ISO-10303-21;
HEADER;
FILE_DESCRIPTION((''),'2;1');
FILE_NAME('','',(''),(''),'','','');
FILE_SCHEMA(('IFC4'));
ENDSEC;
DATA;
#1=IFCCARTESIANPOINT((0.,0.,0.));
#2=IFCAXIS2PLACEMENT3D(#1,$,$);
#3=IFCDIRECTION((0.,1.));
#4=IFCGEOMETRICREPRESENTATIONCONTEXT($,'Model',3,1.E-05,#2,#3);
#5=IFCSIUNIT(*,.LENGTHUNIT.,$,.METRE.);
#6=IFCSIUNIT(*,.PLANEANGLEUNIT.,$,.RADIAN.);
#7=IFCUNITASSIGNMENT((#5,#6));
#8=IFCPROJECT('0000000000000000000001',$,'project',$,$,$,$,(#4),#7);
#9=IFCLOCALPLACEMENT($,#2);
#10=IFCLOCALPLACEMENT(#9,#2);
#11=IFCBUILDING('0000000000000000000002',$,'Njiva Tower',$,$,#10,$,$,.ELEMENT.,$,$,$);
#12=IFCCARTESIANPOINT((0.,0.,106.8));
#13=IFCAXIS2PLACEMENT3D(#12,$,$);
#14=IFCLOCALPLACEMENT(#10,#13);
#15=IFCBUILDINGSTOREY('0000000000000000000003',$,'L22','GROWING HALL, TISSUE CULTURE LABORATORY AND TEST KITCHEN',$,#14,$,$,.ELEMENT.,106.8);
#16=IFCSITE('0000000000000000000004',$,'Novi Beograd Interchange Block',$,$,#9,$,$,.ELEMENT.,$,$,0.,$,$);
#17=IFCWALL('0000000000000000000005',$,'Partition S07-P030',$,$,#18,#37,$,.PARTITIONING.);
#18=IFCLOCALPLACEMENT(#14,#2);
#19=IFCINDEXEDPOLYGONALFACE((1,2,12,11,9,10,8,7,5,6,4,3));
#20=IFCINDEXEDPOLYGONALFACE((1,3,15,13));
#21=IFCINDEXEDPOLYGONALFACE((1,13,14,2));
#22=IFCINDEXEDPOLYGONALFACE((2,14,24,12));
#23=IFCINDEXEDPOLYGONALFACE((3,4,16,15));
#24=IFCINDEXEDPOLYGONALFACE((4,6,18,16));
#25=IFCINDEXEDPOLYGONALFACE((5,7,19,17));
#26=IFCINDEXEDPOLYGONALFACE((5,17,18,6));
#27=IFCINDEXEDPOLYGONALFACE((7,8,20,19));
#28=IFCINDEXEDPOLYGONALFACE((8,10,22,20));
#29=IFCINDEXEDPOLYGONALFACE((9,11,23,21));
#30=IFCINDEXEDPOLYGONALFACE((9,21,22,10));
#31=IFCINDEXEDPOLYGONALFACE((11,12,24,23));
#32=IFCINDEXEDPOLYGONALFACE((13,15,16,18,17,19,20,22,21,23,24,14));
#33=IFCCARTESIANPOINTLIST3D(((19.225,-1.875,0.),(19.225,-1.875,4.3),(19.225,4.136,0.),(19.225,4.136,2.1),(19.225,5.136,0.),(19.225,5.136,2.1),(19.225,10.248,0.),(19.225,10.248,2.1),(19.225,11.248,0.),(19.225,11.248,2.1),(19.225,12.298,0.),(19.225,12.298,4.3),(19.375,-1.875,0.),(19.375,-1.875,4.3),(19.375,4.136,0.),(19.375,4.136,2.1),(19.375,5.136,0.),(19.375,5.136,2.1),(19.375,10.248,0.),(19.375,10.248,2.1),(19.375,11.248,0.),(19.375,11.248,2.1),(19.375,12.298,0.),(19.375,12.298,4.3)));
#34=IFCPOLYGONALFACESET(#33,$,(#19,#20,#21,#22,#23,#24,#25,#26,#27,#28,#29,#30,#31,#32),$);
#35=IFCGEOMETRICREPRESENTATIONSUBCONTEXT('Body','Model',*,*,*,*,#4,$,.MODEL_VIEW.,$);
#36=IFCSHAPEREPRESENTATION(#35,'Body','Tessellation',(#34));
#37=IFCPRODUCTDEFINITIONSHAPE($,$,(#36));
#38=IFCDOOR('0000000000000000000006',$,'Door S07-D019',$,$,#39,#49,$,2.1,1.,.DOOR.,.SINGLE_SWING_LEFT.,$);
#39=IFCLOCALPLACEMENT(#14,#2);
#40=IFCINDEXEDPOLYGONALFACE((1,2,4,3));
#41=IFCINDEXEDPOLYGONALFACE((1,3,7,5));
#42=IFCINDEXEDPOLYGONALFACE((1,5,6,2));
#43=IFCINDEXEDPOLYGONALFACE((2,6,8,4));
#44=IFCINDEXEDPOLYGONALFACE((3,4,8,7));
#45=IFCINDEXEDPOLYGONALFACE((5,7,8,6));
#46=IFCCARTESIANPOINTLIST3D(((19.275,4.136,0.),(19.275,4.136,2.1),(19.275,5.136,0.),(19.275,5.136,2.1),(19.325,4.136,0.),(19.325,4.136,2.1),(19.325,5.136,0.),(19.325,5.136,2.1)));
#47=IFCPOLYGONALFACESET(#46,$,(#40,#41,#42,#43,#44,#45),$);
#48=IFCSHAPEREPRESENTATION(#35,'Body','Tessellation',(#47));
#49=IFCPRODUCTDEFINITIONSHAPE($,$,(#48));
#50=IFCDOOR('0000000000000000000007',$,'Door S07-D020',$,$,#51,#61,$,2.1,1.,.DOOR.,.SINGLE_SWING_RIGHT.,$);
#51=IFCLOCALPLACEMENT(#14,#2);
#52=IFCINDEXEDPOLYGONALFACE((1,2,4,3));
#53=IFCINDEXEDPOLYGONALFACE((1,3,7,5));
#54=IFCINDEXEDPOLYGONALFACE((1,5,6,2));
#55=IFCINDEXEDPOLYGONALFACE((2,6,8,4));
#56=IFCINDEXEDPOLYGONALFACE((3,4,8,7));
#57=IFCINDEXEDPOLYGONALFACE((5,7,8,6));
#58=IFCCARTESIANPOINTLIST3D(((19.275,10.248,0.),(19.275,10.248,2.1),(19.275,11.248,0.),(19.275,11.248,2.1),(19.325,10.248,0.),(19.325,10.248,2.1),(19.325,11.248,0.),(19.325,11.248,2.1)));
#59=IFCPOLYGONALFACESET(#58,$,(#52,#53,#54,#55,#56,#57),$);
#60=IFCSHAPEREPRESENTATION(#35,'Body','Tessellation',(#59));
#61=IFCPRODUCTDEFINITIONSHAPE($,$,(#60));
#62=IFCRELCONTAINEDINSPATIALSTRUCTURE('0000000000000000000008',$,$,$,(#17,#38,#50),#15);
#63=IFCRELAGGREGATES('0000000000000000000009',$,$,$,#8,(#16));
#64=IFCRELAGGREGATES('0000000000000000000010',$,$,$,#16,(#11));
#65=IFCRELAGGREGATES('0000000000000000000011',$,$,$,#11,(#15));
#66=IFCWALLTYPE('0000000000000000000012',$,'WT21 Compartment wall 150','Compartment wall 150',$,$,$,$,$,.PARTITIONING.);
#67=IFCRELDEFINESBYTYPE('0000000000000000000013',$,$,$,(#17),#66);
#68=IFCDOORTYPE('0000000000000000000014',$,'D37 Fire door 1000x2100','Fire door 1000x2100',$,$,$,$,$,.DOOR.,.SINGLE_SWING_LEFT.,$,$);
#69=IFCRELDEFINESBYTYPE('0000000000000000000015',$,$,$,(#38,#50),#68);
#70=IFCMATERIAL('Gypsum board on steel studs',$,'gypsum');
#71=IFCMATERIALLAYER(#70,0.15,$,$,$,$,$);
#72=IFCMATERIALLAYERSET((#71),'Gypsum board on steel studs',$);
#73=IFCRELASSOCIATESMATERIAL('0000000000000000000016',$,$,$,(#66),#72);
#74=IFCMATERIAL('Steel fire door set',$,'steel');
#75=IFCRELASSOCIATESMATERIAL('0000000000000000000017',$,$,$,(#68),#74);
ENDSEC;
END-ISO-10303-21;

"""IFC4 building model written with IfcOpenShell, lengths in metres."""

from ifc_helpers import new_model, si_unit, direction, frame, frame_2d, origin, place, context, subcontext, project, spatial, rectangle, extrude, material, layer, layer_set, type_object, element, fill, save


model = new_model("IFC4")

# Units and contexts
model_context = context("Model", 3, precision=1e-05, world=origin(), true_north=direction((0.0, 1.0)))
body_context = subcontext(model_context, "Body", "Model", "MODEL_VIEW")
ifc_project = project(units=[si_unit("LENGTHUNIT", "METRE"), si_unit("PLANEANGLEUNIT", "RADIAN")], contexts=[model_context])

# Site, building, storey
site_placement = place(None, origin())
site = spatial("IfcSite", under=ifc_project, at=site_placement, Name="Novi Beograd Interchange Block", CompositionType="ELEMENT", RefElevation=0.0)
building_placement = place(site_placement, origin())
building = spatial("IfcBuilding", under=site, at=building_placement, Name="Njiva Tower", CompositionType="ELEMENT")
storey_placement = place(building_placement, frame((0.0, 0.0, 106.8)))
storey = spatial("IfcBuildingStorey", under=building, at=storey_placement, Name="L22", Description="GROWING HALL, TISSUE CULTURE LABORATORY AND TEST KITCHEN", CompositionType="ELEMENT", Elevation=106.8)

# Shared definitions
ifc_material_1 = material(Name="Gypsum board on steel studs", Category="gypsum")
ifc_layer_1 = layer(ifc_material_1, 0.15)
ifc_layer_set_1 = layer_set([ifc_layer_1], Name="Gypsum board on steel studs")
wall_type_1 = type_object("IfcWallType", Name="WT21 Compartment wall 150", Description="Compartment wall 150", PredefinedType="PARTITIONING", material=ifc_layer_set_1)

# Shared definitions
ifc_material_2 = material(Name="Steel fire door set", Category="steel")
door_type = type_object("IfcDoorType", Name="D37 Fire door 1000x2100", Description="Fire door 1000x2100", OperationType="SINGLE_SWING_LEFT", PredefinedType="DOOR", material=ifc_material_2)

# Wall, openings, doors
wall_1_placement = place(storey_placement, frame((19.3, -1.875, 0.0), z_axis=(0.0, 0.0, 1.0), x_axis=(0.0, 1.0, 0.0)))
wall_1 = element("IfcWall", 1, at=wall_1_placement, inside=storey, type_object=wall_type_1, Name="Partition S07-P030", PredefinedType="PARTITIONING", context=body_context, shape_type="SweptSolid", body=[
    extrude(rectangle(XDim=14.173, YDim=0.15, at=frame_2d((7.0865, 0.0))), origin(), (0.0, 0.0, 1.0), 4.3),
])
opening_1_placement = place(wall_1_placement, frame((6.011, 0.0, 0.0)))
opening_1 = element("IfcOpeningElement", 2, at=opening_1_placement, cuts=wall_1, PredefinedType="OPENING", context=body_context, shape_type="SweptSolid", body=[
    extrude(rectangle(XDim=1.0, YDim=2.1, at=frame_2d((0.5, 1.05))), frame((0.0, 0.085, 0.0), z_axis=(0.0, -1.0, 0.0), x_axis=(1.0, 0.0, 0.0)), (0.0, 0.0, 1.0), 0.17),
])
opening_2_placement = place(wall_1_placement, frame((12.123, 0.0, 0.0)))
opening_2 = element("IfcOpeningElement", 3, at=opening_2_placement, cuts=wall_1, PredefinedType="OPENING", context=body_context, shape_type="SweptSolid", body=[
    extrude(rectangle(XDim=1.0, YDim=2.1, at=frame_2d((0.5, 1.05))), frame((0.0, 0.085, 0.0), z_axis=(0.0, -1.0, 0.0), x_axis=(1.0, 0.0, 0.0)), (0.0, 0.0, 1.0), 0.17),
])
door_1_placement = place(opening_1_placement, origin())
door_1 = element("IfcDoor", 4, at=door_1_placement, inside=storey, type_object=door_type, Name="Door S07-D019", OperationType="SINGLE_SWING_LEFT", OverallHeight=2.1, OverallWidth=1.0, PredefinedType="DOOR", context=body_context, shape_type="SweptSolid", body=[
    extrude(rectangle(XDim=1.0, YDim=2.1, at=frame_2d((0.5, 1.05))), frame((0.0, 0.025, 0.0), z_axis=(0.0, -1.0, 0.0), x_axis=(1.0, 0.0, 0.0)), (0.0, 0.0, 1.0), 0.05),
])
fill(opening_1, door_1)
door_2_placement = place(opening_2_placement, origin())
door_2 = element("IfcDoor", 5, at=door_2_placement, inside=storey, type_object=door_type, Name="Door S07-D020", OperationType="SINGLE_SWING_RIGHT", OverallHeight=2.1, OverallWidth=1.0, PredefinedType="DOOR", context=body_context, shape_type="SweptSolid", body=[
    extrude(rectangle(XDim=1.0, YDim=2.1, at=frame_2d((0.5, 1.05))), frame((0.0, 0.025, 0.0), z_axis=(0.0, -1.0, 0.0), x_axis=(1.0, 0.0, 0.0)), (0.0, 0.0, 1.0), 0.05),
])
fill(opening_2, door_2)

save(model, "model.ifc")
